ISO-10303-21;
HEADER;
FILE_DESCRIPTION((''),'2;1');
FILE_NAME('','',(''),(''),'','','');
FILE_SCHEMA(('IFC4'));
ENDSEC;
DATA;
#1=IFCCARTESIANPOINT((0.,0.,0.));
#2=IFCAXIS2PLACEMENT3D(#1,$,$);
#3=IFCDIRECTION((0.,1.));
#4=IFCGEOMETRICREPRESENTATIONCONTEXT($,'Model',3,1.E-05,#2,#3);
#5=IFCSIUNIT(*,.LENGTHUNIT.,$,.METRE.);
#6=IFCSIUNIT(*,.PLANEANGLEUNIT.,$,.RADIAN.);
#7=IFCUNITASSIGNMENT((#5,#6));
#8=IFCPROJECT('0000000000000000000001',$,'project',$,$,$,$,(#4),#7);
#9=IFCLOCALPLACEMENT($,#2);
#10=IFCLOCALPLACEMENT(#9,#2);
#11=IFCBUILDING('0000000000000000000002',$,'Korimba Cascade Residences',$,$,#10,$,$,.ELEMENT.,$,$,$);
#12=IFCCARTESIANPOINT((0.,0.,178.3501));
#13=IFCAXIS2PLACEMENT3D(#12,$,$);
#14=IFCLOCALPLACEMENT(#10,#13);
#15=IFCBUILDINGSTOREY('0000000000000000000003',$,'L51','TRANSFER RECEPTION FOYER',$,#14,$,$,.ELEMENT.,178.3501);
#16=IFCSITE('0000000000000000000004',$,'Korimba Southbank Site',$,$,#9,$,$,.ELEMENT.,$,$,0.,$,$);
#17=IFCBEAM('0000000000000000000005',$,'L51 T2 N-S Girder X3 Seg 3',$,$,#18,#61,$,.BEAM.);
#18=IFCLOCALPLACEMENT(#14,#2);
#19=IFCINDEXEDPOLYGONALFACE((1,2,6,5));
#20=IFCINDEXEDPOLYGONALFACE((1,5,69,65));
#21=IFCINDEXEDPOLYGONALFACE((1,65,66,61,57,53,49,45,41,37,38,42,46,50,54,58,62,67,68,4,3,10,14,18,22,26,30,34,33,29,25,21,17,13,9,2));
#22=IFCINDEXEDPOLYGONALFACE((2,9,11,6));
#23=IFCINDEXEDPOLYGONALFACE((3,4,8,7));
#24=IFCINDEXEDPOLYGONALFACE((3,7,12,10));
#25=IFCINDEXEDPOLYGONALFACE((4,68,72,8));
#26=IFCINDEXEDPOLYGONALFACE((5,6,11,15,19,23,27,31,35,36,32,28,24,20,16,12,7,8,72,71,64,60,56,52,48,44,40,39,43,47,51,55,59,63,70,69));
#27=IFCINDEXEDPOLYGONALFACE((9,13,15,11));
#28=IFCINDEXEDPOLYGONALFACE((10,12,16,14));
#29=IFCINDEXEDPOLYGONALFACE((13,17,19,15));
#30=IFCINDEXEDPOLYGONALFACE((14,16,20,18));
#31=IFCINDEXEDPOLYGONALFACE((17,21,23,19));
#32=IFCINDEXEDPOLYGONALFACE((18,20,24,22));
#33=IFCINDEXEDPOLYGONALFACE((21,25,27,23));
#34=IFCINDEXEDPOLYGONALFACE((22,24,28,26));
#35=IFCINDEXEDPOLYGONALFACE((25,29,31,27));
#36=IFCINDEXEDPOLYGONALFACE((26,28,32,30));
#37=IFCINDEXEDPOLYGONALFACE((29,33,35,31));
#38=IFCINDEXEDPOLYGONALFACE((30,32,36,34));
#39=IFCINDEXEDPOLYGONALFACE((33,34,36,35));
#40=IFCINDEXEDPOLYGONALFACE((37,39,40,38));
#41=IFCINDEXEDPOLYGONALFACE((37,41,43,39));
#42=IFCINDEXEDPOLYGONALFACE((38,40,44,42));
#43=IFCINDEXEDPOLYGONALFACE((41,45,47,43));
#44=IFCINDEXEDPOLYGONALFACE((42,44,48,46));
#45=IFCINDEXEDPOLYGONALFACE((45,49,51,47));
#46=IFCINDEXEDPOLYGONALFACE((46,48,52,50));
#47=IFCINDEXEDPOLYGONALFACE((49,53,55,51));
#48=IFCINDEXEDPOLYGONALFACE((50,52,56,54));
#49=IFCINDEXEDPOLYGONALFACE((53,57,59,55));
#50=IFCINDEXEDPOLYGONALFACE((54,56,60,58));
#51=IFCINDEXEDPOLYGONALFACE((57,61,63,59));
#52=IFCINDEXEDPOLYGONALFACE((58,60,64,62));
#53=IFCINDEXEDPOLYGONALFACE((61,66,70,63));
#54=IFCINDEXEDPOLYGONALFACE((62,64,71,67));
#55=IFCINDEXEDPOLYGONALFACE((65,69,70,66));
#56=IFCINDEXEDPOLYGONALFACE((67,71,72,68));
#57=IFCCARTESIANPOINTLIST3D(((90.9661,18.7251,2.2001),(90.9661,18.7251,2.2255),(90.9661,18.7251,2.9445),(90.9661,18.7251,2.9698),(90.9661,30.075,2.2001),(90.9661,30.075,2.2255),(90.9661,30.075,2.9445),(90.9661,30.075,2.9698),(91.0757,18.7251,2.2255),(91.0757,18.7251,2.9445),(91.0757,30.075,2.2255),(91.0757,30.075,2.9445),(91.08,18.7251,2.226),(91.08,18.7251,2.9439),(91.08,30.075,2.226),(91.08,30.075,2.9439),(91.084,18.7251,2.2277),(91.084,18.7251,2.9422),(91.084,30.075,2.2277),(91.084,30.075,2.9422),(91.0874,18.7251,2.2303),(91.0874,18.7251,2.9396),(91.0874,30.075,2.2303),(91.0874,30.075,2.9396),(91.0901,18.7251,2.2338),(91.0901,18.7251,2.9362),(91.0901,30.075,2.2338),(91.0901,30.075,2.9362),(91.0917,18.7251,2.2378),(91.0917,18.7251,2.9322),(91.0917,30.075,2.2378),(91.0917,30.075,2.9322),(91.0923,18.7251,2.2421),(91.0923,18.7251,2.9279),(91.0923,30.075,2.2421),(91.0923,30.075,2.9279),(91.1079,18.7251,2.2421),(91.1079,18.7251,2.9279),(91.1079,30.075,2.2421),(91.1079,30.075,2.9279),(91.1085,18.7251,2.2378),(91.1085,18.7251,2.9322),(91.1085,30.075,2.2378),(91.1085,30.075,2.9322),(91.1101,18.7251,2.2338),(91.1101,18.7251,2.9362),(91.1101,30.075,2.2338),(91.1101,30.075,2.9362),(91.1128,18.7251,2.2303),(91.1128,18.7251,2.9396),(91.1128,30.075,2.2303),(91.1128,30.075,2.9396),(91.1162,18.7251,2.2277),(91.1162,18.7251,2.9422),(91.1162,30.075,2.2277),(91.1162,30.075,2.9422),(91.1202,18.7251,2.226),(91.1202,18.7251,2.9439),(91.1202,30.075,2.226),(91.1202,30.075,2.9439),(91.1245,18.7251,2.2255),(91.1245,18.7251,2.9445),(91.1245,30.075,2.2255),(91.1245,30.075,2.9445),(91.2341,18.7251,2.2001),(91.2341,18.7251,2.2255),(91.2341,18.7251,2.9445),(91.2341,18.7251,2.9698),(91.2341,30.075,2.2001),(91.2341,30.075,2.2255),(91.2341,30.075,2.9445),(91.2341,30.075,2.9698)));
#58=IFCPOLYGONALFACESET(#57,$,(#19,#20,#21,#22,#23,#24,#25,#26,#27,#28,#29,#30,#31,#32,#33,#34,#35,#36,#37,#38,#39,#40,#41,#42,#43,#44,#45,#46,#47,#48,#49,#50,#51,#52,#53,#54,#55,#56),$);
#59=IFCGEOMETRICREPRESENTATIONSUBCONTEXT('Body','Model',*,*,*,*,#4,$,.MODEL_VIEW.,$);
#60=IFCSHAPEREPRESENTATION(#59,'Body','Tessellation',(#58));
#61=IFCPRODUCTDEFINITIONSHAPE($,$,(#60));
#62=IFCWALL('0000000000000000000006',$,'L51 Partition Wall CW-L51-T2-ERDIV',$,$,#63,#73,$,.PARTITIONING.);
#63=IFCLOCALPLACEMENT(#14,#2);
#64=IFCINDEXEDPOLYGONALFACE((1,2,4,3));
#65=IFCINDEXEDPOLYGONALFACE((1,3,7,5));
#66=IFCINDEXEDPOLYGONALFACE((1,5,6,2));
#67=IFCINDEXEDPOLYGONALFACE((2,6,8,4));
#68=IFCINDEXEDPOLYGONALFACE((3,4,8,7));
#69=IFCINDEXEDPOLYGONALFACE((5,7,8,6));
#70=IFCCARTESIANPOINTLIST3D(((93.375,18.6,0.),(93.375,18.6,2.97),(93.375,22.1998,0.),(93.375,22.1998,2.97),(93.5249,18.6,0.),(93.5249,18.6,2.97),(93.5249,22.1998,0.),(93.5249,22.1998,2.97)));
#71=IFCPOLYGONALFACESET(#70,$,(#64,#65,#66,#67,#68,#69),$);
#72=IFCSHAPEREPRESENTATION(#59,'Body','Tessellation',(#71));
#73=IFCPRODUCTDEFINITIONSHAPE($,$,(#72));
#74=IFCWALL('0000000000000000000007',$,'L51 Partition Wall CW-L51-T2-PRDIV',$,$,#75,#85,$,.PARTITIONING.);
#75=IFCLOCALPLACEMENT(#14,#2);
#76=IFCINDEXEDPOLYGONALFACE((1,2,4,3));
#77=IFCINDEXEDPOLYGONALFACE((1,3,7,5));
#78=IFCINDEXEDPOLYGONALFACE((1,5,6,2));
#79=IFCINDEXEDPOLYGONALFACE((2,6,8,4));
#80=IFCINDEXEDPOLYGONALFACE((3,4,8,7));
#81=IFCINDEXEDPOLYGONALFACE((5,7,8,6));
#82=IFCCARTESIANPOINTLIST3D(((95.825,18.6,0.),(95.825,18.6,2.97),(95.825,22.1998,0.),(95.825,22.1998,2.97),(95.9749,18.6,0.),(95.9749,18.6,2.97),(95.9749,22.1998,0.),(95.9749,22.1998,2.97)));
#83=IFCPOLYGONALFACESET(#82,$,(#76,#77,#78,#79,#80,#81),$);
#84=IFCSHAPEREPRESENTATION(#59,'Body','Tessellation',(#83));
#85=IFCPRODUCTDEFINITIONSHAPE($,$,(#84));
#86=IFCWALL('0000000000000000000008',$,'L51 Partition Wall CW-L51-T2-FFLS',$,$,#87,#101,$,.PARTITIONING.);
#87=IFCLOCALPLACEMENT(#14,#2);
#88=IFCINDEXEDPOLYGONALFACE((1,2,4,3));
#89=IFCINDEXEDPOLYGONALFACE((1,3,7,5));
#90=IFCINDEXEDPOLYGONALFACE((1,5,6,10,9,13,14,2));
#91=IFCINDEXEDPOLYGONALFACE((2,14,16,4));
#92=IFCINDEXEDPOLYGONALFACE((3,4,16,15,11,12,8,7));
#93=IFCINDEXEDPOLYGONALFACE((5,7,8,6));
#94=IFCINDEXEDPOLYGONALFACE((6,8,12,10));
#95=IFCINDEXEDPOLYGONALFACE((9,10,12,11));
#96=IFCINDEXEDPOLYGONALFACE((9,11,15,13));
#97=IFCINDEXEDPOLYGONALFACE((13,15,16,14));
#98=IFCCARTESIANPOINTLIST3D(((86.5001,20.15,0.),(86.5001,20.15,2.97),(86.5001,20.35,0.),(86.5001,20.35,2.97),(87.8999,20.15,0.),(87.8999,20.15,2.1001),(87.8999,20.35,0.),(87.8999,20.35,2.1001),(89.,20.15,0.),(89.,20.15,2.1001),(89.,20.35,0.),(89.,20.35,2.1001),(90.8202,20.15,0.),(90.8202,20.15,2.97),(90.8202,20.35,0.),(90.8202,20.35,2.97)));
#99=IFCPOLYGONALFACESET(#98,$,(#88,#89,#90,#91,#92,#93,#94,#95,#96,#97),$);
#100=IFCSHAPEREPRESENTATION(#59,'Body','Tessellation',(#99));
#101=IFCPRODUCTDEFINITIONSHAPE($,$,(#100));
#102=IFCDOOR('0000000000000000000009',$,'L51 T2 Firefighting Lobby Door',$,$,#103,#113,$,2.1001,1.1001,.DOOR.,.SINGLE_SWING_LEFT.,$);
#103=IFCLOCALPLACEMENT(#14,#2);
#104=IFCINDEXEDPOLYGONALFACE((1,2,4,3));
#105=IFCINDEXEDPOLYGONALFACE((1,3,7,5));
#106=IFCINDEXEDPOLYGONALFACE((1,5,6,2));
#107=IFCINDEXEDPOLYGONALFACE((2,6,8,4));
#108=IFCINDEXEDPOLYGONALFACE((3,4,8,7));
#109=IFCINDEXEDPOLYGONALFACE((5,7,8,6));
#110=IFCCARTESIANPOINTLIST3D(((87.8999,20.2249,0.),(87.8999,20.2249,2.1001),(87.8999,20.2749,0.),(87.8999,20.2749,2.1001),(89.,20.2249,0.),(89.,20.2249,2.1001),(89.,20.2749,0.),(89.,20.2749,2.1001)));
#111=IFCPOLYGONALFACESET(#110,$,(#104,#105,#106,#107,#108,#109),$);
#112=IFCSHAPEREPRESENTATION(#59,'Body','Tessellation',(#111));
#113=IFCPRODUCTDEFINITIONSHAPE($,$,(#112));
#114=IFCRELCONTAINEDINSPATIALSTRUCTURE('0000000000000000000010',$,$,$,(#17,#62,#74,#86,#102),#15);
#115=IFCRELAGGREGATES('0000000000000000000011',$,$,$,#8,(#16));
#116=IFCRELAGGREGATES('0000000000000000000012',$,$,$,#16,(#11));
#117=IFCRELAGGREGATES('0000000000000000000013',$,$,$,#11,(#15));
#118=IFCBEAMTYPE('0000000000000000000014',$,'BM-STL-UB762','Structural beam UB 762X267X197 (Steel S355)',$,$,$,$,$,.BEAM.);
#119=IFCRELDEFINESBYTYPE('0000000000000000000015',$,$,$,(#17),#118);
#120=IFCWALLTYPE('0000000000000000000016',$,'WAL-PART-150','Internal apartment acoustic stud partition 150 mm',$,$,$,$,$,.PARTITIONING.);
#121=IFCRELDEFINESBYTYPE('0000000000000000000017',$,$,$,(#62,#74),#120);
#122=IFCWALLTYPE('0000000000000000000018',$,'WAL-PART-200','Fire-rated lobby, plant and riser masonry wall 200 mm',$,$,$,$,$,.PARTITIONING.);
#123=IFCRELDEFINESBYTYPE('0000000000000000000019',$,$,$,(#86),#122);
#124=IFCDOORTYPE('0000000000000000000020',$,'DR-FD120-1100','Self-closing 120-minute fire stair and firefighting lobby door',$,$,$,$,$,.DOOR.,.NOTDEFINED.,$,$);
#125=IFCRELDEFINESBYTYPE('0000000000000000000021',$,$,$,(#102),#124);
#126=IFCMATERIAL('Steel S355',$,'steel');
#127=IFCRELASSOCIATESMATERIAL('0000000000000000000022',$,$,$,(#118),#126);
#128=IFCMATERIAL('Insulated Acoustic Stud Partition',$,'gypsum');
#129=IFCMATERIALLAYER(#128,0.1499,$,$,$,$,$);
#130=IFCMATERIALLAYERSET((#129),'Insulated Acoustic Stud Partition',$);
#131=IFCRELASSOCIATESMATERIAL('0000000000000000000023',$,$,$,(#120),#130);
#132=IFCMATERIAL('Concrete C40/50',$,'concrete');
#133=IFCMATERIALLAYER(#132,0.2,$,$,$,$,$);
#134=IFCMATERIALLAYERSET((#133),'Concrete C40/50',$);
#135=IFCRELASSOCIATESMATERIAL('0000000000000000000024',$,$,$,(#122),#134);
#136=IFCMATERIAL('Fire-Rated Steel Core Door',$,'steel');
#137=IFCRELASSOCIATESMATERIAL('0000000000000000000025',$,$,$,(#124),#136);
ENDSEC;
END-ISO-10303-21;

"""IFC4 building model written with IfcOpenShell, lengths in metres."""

from ifc_helpers import new_model, si_unit, direction, frame, frame_2d, origin, origin_2d, place, context, subcontext, project, spatial, rectangle, i_section, extrude, material, layer, layer_set, material_profile, profile_set, type_object, element, fill, save


model = new_model("IFC4")

# Units and contexts
model_context = context("Model", 3, precision=1e-05, world=origin(), true_north=direction((0.0, 1.0)))
body_context = subcontext(model_context, "Body", "Model", "MODEL_VIEW")
ifc_project = project(units=[si_unit("LENGTHUNIT", "METRE"), si_unit("PLANEANGLEUNIT", "RADIAN")], contexts=[model_context])

# Site, building, storey
site_placement = place(None, origin())
site = spatial("IfcSite", under=ifc_project, at=site_placement, Name="Korimba Southbank Site", CompositionType="ELEMENT", RefElevation=0.0)
building_placement = place(site_placement, origin())
building = spatial("IfcBuilding", under=site, at=building_placement, Name="Korimba Cascade Residences", CompositionType="ELEMENT")
storey_placement = place(building_placement, frame((0.0, 0.0, 178.3501)))
storey = spatial("IfcBuildingStorey", under=building, at=storey_placement, Name="L51", Description="TRANSFER RECEPTION FOYER", CompositionType="ELEMENT", Elevation=178.3501)

# Beam
ifc_material_1 = material(Name="Steel S355", Category="steel")
ifc_material_profile = material_profile(ifc_material_1, i_section(OverallWidth=0.2681, OverallDepth=0.7698, WebThickness=0.0156, FlangeThickness=0.0254, FilletRadius=0.0166, at=origin_2d()), Name="Steel S355")
ifc_profile_set = profile_set([ifc_material_profile], Name="Steel S355")
beam_type = type_object("IfcBeamType", Name="BM-STL-UB762", Description="Structural beam UB 762X267X197 (Steel S355)", PredefinedType="BEAM", material=ifc_profile_set)
beam_placement = place(storey_placement, frame((91.1001, 18.7251, 2.585), z_axis=(0.0, 1.0, 0.0), x_axis=(-1.0, 0.0, 0.0)))
element("IfcBeam", 1, at=beam_placement, inside=storey, type_object=beam_type, Name="L51 T2 N-S Girder X3 Seg 3", PredefinedType="BEAM", context=body_context, shape_type="SweptSolid", body=[
    extrude(i_section(OverallWidth=0.2681, OverallDepth=0.7698, WebThickness=0.0156, FlangeThickness=0.0254, FilletRadius=0.0166, at=origin_2d()), origin(), (0.0, 0.0, 1.0), 11.3499),
])

# Walls
ifc_material_2 = material(Name="Insulated Acoustic Stud Partition", Category="gypsum")
ifc_layer_1 = layer(ifc_material_2, 0.1499)
ifc_layer_set_1 = layer_set([ifc_layer_1], Name="Insulated Acoustic Stud Partition")
wall_type_1 = type_object("IfcWallType", Name="WAL-PART-150", Description="Internal apartment acoustic stud partition 150 mm", PredefinedType="PARTITIONING", material=ifc_layer_set_1)
for number, where, z_axis, x_axis, name in (
    (2, (93.45, 18.6001, 0.0), (0.0, 0.0, 1.0), (0.0, 1.0, 0.0), "L51 Partition Wall CW-L51-T2-ERDIV"),
    (3, (95.8999, 18.6001, 0.0), (0.0, 0.0, 1.0), (0.0, 1.0, 0.0), "L51 Partition Wall CW-L51-T2-PRDIV"),
):
    element("IfcWall", number, at=place(storey_placement, frame(where, z_axis=z_axis, x_axis=x_axis)), inside=storey, type_object=wall_type_1, Name=name, PredefinedType="PARTITIONING", context=body_context, shape_type="SweptSolid", body=[
        extrude(rectangle(XDim=3.5999, YDim=0.1499, at=frame_2d((1.7998, 0.0))), origin(), (0.0, 0.0, 1.0), 2.97),
    ])

# Wall, opening, door
ifc_material_3 = material(Name="Concrete C40/50", Category="concrete")
ifc_layer_2 = layer(ifc_material_3, 0.2)
ifc_layer_set_2 = layer_set([ifc_layer_2], Name="Concrete C40/50")
wall_type_2 = type_object("IfcWallType", Name="WAL-PART-200", Description="Fire-rated lobby, plant and riser masonry wall 200 mm", PredefinedType="PARTITIONING", material=ifc_layer_set_2)
wall_1_placement = place(storey_placement, frame((86.5, 20.25, 0.0), z_axis=(0.0, 0.0, 1.0), x_axis=(1.0, 0.0, 0.0)))
wall_1 = element("IfcWall", 4, at=wall_1_placement, inside=storey, type_object=wall_type_2, Name="L51 Partition Wall CW-L51-T2-FFLS", PredefinedType="PARTITIONING", context=body_context, shape_type="SweptSolid", body=[
    extrude(rectangle(XDim=4.3201, YDim=0.2, at=frame_2d((2.1602, 0.0))), origin(), (0.0, 0.0, 1.0), 2.97),
])
opening_1_placement = place(wall_1_placement, frame((1.3999, 0.0, 0.0)))
opening_1 = element("IfcOpeningElement", 5, at=opening_1_placement, cuts=wall_1, PredefinedType="OPENING", context=body_context, shape_type="SweptSolid", body=[
    extrude(rectangle(XDim=1.1001, YDim=2.1001, at=frame_2d((0.55, 1.05))), frame((0.0, 0.1099, 0.0), z_axis=(0.0, -1.0, 0.0), x_axis=(1.0, 0.0, 0.0)), (0.0, 0.0, 1.0), 0.22),
])
ifc_material_4 = material(Name="Fire-Rated Steel Core Door", Category="steel")
door_type_1 = type_object("IfcDoorType", Name="DR-FD120-1100", Description="Self-closing 120-minute fire stair and firefighting lobby door", OperationType="NOTDEFINED", PredefinedType="DOOR", material=ifc_material_4)
door_1_placement = place(opening_1_placement, origin())
door_1 = element("IfcDoor", 6, at=door_1_placement, inside=storey, type_object=door_type_1, Name="L51 T2 Firefighting Lobby Door", OperationType="SINGLE_SWING_LEFT", OverallHeight=2.1001, OverallWidth=1.1001, PredefinedType="DOOR", context=body_context, shape_type="SweptSolid", body=[
    extrude(rectangle(XDim=1.1001, YDim=2.1001, at=frame_2d((0.55, 1.05))), frame((0.0, 0.0249, 0.0), z_axis=(0.0, -1.0, 0.0), x_axis=(1.0, 0.0, 0.0)), (0.0, 0.0, 1.0), 0.05),
])
fill(opening_1, door_1)

save(model, "model.ifc")
